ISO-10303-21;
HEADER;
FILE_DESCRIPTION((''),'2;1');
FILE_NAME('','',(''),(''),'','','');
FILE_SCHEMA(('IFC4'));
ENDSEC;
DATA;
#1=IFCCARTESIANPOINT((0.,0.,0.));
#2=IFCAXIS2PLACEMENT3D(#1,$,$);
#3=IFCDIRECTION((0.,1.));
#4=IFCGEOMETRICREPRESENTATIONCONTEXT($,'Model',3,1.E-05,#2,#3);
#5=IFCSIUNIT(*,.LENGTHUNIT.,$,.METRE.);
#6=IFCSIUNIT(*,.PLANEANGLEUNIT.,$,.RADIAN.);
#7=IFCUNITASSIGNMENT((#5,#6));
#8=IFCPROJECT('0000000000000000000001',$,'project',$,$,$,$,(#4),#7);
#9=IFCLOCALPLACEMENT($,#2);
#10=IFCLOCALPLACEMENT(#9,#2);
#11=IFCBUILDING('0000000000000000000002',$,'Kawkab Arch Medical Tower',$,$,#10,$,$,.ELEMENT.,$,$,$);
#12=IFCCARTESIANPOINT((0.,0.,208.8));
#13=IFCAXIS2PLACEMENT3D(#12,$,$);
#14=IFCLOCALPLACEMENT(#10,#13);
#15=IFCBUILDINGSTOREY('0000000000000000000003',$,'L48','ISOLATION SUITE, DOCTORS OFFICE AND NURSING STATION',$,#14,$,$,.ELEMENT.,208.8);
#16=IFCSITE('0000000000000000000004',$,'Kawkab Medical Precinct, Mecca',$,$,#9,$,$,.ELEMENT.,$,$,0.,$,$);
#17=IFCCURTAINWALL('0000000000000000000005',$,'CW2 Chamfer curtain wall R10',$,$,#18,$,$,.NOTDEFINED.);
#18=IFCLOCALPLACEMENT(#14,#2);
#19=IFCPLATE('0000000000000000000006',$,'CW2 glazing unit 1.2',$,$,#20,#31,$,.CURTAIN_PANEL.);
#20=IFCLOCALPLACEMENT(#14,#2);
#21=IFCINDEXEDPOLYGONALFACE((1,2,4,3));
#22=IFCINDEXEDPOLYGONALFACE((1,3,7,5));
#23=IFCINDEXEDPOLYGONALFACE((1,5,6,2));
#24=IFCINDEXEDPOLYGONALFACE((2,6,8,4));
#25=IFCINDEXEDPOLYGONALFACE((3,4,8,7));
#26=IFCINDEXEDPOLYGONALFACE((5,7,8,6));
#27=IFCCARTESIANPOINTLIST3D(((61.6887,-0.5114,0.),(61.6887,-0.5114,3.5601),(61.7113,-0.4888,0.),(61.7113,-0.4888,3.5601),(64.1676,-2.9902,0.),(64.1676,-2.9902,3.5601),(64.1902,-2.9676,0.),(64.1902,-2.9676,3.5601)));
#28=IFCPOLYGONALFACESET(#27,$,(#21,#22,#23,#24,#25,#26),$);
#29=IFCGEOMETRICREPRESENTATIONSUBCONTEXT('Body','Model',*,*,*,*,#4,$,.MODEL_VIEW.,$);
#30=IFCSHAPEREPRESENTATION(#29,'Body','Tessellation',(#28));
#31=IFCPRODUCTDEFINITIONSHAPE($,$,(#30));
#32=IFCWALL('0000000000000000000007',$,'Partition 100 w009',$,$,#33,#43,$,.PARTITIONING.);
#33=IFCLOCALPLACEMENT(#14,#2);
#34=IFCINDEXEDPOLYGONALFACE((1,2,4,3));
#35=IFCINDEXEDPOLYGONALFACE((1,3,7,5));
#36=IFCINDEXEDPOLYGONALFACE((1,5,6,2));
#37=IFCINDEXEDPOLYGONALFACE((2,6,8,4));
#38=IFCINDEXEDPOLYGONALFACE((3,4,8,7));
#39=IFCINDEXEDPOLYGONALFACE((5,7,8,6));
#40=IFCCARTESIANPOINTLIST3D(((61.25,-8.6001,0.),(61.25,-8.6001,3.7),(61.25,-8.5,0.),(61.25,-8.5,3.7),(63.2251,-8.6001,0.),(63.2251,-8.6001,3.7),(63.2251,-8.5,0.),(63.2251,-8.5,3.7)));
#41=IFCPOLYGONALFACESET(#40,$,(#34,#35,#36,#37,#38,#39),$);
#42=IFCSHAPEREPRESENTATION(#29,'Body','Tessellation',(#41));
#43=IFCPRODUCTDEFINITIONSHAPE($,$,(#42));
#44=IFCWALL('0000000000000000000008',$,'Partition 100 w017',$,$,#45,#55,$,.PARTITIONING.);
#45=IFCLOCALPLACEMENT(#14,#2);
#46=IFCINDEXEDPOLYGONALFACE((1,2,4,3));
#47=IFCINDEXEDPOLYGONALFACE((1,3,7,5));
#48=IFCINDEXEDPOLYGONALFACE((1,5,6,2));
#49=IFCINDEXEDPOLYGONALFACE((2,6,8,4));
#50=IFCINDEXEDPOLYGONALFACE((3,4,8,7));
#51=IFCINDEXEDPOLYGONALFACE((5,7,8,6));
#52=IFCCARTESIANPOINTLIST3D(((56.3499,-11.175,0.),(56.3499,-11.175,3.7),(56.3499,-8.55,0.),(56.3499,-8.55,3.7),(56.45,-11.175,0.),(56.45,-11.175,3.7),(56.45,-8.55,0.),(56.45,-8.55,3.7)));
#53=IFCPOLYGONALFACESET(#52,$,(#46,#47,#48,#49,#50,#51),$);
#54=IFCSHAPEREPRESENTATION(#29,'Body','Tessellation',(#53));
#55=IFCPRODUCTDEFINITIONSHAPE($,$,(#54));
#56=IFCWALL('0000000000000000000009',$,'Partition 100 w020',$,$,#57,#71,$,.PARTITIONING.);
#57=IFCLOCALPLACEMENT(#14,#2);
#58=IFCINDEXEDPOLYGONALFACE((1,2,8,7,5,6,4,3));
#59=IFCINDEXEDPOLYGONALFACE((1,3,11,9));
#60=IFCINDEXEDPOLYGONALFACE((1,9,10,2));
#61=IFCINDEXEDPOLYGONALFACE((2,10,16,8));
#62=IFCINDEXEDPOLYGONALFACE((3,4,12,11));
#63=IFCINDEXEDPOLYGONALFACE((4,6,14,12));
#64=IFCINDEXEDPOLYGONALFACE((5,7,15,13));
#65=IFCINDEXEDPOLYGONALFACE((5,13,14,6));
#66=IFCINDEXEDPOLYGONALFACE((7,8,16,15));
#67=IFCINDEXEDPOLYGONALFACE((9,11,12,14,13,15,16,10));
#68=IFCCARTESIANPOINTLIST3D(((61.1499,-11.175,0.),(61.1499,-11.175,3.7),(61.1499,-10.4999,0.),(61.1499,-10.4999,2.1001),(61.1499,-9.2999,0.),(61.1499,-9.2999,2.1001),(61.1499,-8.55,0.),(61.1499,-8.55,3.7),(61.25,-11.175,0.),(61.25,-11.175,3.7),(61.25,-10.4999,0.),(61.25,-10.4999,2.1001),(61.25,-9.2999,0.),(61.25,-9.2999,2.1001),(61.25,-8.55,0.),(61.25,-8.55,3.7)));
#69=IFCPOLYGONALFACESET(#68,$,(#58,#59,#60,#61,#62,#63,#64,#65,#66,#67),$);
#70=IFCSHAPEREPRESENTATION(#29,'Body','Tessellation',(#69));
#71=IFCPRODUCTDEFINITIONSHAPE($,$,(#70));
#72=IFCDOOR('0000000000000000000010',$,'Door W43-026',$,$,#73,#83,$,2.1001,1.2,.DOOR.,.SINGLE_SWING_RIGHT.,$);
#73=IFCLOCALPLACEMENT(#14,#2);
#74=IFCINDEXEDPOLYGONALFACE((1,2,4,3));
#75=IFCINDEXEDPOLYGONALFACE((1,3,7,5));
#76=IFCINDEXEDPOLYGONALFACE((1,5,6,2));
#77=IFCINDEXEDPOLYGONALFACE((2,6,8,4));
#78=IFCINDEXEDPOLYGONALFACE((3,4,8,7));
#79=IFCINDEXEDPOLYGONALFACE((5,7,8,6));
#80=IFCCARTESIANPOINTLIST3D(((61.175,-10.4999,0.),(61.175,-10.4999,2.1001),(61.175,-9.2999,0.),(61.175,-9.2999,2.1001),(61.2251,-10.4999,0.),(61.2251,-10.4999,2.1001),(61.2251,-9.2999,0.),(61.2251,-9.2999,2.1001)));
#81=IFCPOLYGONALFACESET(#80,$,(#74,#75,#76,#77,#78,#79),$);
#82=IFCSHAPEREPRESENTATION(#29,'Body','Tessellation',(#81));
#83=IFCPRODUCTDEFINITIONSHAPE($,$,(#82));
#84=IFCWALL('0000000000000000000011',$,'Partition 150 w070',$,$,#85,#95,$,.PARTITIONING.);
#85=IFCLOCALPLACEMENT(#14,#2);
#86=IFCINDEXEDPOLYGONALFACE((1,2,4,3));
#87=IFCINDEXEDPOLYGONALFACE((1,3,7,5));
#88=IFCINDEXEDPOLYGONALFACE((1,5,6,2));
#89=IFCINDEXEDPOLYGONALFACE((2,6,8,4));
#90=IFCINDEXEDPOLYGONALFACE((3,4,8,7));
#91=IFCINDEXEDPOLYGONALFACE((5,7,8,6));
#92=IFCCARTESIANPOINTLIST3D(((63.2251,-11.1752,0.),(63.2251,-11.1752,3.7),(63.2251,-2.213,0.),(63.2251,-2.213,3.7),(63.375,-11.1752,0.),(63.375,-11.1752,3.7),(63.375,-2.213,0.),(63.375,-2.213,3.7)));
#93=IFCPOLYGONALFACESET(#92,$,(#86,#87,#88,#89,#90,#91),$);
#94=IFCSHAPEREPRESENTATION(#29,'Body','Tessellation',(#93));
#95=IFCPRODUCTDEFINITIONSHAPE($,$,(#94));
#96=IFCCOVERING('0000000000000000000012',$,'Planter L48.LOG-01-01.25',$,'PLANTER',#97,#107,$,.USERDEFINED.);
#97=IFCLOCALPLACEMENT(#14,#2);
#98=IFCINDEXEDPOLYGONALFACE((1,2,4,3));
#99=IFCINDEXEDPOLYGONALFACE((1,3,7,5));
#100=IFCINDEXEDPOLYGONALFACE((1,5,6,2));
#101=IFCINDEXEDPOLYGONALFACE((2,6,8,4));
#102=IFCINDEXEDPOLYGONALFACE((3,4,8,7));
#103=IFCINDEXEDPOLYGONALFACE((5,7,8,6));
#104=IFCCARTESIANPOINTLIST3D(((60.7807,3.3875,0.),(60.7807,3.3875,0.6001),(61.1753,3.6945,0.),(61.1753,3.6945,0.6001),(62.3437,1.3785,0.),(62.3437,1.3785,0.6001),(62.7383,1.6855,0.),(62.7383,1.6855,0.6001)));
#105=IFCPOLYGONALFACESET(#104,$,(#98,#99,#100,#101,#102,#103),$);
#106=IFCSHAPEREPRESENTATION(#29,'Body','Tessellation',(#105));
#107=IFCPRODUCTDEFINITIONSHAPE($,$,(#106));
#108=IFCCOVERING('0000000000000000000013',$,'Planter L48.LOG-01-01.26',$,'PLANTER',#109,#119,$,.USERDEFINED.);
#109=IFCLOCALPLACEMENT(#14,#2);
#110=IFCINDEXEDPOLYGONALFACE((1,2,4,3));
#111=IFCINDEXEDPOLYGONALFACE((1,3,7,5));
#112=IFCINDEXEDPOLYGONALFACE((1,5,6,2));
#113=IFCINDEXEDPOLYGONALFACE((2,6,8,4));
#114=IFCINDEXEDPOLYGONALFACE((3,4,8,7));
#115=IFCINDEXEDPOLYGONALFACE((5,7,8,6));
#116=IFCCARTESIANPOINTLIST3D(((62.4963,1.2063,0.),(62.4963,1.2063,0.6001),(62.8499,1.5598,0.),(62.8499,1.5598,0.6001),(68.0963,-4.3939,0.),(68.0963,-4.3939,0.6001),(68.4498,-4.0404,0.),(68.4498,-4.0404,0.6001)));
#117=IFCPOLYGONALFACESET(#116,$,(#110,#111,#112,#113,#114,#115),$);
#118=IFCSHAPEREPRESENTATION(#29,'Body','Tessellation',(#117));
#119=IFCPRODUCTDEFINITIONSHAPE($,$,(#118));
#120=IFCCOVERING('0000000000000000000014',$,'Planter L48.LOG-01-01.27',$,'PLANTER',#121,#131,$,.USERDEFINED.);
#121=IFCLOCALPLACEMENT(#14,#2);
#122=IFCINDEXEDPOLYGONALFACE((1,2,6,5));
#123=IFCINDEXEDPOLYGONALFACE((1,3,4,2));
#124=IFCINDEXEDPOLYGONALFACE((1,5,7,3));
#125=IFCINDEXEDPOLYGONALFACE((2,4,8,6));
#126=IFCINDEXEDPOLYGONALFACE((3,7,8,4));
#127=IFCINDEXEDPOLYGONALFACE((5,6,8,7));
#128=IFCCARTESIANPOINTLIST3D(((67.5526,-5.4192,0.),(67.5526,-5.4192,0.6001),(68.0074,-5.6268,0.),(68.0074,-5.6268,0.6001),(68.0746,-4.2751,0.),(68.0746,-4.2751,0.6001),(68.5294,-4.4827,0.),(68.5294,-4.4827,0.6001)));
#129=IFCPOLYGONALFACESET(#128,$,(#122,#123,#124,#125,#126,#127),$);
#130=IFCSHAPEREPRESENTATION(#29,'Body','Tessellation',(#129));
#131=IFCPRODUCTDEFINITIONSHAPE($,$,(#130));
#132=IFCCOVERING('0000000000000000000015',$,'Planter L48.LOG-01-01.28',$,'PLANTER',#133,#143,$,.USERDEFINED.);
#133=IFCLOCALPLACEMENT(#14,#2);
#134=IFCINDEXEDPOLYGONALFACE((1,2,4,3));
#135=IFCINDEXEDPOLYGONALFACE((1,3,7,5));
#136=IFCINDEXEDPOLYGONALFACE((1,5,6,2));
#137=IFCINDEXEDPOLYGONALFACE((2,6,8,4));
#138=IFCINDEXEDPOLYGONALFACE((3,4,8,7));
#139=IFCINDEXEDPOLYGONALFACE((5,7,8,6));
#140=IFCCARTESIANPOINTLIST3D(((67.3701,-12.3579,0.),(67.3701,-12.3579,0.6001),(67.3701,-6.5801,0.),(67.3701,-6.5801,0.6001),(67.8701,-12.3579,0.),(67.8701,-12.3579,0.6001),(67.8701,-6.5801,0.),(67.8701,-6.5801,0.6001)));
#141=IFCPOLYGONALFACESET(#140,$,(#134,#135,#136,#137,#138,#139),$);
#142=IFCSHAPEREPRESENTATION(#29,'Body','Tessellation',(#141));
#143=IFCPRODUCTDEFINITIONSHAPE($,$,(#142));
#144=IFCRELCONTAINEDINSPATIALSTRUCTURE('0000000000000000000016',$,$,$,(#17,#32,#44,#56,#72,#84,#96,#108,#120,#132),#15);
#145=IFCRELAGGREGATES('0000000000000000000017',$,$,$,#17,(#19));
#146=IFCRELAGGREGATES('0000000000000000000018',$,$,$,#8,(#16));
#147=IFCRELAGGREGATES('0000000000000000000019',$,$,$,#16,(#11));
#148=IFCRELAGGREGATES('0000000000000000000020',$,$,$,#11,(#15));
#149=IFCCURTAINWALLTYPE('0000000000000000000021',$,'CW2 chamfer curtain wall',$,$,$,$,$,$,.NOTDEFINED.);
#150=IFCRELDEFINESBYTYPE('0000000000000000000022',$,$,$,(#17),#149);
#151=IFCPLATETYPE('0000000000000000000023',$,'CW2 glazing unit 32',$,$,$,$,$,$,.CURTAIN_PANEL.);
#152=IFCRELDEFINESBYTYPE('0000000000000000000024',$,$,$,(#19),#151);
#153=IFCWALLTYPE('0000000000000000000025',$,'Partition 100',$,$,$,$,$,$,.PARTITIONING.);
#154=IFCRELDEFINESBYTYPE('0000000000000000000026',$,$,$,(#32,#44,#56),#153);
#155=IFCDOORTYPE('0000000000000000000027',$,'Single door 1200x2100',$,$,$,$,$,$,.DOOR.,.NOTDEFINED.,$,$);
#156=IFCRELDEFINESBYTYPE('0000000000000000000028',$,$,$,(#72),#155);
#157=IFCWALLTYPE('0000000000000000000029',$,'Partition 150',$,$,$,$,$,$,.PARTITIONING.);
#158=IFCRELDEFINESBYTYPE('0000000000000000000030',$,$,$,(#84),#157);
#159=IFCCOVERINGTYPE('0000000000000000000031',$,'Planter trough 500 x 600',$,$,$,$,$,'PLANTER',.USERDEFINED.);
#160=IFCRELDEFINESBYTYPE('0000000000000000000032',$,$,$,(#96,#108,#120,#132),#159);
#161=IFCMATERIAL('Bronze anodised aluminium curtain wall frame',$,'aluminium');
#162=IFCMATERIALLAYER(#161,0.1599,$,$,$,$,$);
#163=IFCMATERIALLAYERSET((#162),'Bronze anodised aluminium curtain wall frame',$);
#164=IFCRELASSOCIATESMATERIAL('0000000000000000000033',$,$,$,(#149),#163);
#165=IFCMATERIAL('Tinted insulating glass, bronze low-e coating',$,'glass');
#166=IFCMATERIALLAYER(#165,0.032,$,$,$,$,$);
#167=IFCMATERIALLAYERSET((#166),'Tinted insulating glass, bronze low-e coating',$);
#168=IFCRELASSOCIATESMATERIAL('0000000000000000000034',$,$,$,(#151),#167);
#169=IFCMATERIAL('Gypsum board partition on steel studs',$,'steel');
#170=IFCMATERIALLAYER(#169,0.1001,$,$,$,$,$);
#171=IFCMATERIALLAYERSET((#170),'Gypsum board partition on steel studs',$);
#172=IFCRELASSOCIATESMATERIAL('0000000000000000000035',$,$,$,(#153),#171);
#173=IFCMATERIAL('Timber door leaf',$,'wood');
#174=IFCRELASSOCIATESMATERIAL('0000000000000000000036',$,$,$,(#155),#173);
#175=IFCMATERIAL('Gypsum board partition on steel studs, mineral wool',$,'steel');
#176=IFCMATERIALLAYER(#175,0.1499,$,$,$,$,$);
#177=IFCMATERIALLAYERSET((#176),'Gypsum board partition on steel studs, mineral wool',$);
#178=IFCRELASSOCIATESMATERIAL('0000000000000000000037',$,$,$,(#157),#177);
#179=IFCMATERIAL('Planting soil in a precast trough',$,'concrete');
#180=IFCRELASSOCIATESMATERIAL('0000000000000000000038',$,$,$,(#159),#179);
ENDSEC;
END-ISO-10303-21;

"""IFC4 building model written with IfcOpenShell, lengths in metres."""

from ifc_helpers import new_model, si_unit, direction, frame, frame_2d, origin, origin_2d, place, context, subcontext, project, spatial, rectangle, extrude, material, layer, layer_set, material_profile, profile_set, type_object, element, fill, aggregate, save


model = new_model("IFC4")

# Units and contexts
model_context = context("Model", 3, precision=1e-05, world=origin(), true_north=direction((0.0, 1.0)))
body_context = subcontext(model_context, "Body", "Model", "MODEL_VIEW")
ifc_project = project(units=[si_unit("LENGTHUNIT", "METRE"), si_unit("PLANEANGLEUNIT", "RADIAN")], contexts=[model_context])

# Site, building, storey
site_placement = place(None, origin())
site = spatial("IfcSite", under=ifc_project, at=site_placement, Name="Kawkab Medical Precinct, Mecca", CompositionType="ELEMENT", RefElevation=0.0)
building_placement = place(site_placement, origin())
building = spatial("IfcBuilding", under=site, at=building_placement, Name="Kawkab Arch Medical Tower", CompositionType="ELEMENT")
storey_placement = place(building_placement, frame((0.0, 0.0, 208.8)))
storey = spatial("IfcBuildingStorey", under=building, at=storey_placement, Name="L48", Description="ISOLATION SUITE, DOCTORS OFFICE AND NURSING STATION", CompositionType="ELEMENT", Elevation=208.8)

# Shared definitions
placement = place(storey_placement, origin())

# Curtain wall
ifc_material_1 = material(Name="Bronze anodised aluminium curtain wall frame", Category="aluminium")
ifc_layer_1 = layer(ifc_material_1, 0.1599)
ifc_layer_set_1 = layer_set([ifc_layer_1], Name="Bronze anodised aluminium curtain wall frame")
curtain_wall_type_1 = type_object("IfcCurtainWallType", Name="CW2 chamfer curtain wall", PredefinedType="NOTDEFINED", material=ifc_layer_set_1)
curtain_wall_1 = element("IfcCurtainWall", 1, at=placement, inside=storey, type_object=curtain_wall_type_1, Name="CW2 Chamfer curtain wall R10", PredefinedType="NOTDEFINED")

# Plate
ifc_material_2 = material(Name="Tinted insulating glass, bronze low-e coating", Category="glass")
ifc_layer_2 = layer(ifc_material_2, 0.032)
ifc_layer_set_2 = layer_set([ifc_layer_2], Name="Tinted insulating glass, bronze low-e coating")
plate_type_1 = type_object("IfcPlateType", Name="CW2 glazing unit 32", PredefinedType="CURTAIN_PANEL", material=ifc_layer_set_2)
plate_1_placement = place(storey_placement, frame((62.9395, -1.7395, 0.0), z_axis=(0.0, 0.0, 1.0), x_axis=(-0.707107, 0.707107, 0.0)))
plate_1 = element("IfcPlate", 2, at=plate_1_placement, type_object=plate_type_1, Name="CW2 glazing unit 1.2", PredefinedType="CURTAIN_PANEL", context=body_context, shape_type="SweptSolid", body=[
    extrude(rectangle(XDim=3.5056, YDim=0.032, at=origin_2d()), origin(), (0.0, 0.0, 1.0), 3.5601),
])
aggregate(curtain_wall_1, [plate_1])

# Walls
ifc_material_3 = material(Name="Gypsum board partition on steel studs", Category="steel")
ifc_layer_3 = layer(ifc_material_3, 0.1001)
ifc_layer_set_3 = layer_set([ifc_layer_3], Name="Gypsum board partition on steel studs")
wall_type_1 = type_object("IfcWallType", Name="Partition 100", PredefinedType="PARTITIONING", material=ifc_layer_set_3)
wall_1_placement = place(storey_placement, frame((61.25, -8.55, 0.0), z_axis=(0.0, 0.0, 1.0), x_axis=(1.0, 0.0, 0.0)))
element("IfcWall", 3, at=wall_1_placement, inside=storey, type_object=wall_type_1, Name="Partition 100 w009", PredefinedType="PARTITIONING", context=body_context, shape_type="SweptSolid", body=[
    extrude(rectangle(XDim=1.9751, YDim=0.1001, at=frame_2d((0.9875, 0.0))), origin(), (0.0, 0.0, 1.0), 3.7),
])
wall_2_placement = place(storey_placement, frame((56.3999, -11.175, 0.0), z_axis=(0.0, 0.0, 1.0), x_axis=(0.0, 1.0, 0.0)))
element("IfcWall", 4, at=wall_2_placement, inside=storey, type_object=wall_type_1, Name="Partition 100 w017", PredefinedType="PARTITIONING", context=body_context, shape_type="SweptSolid", body=[
    extrude(rectangle(XDim=2.625, YDim=0.1001, at=frame_2d((1.3125, 0.0))), origin(), (0.0, 0.0, 1.0), 3.7),
])

# Wall, opening, door
wall_3_placement = place(storey_placement, frame((61.2, -11.175, 0.0), z_axis=(0.0, 0.0, 1.0), x_axis=(0.0, 1.0, 0.0)))
wall_3 = element("IfcWall", 5, at=wall_3_placement, inside=storey, type_object=wall_type_1, Name="Partition 100 w020", PredefinedType="PARTITIONING", context=body_context, shape_type="SweptSolid", body=[
    extrude(rectangle(XDim=2.625, YDim=0.1001, at=frame_2d((1.3125, 0.0))), origin(), (0.0, 0.0, 1.0), 3.7),
])
opening_placement = place(wall_3_placement, frame((0.675, 0.0, 0.0)))
opening = element("IfcOpeningElement", 6, at=opening_placement, cuts=wall_3, PredefinedType="OPENING", context=body_context, shape_type="SweptSolid", body=[
    extrude(rectangle(XDim=1.2, YDim=2.1001, at=frame_2d((0.6001, 1.05))), frame((0.0, 0.0601, 0.0), z_axis=(0.0, -1.0, 0.0), x_axis=(1.0, 0.0, 0.0)), (0.0, 0.0, 1.0), 0.1201),
])
ifc_material_4 = material(Name="Timber door leaf", Category="wood")
door_type = type_object("IfcDoorType", Name="Single door 1200x2100", OperationType="NOTDEFINED", PredefinedType="DOOR", material=ifc_material_4)
door_placement = place(opening_placement, origin())
door = element("IfcDoor", 7, at=door_placement, inside=storey, type_object=door_type, Name="Door W43-026", OperationType="SINGLE_SWING_RIGHT", OverallHeight=2.1001, OverallWidth=1.2, PredefinedType="DOOR", context=body_context, shape_type="SweptSolid", body=[
    extrude(rectangle(XDim=1.2, YDim=2.1001, at=frame_2d((0.6001, 1.05))), frame((0.0, 0.0249, 0.0), z_axis=(0.0, -1.0, 0.0), x_axis=(1.0, 0.0, 0.0)), (0.0, 0.0, 1.0), 0.05),
])
fill(opening, door)

# Wall
ifc_material_5 = material(Name="Gypsum board partition on steel studs, mineral wool", Category="steel")
ifc_layer_4 = layer(ifc_material_5, 0.1499)
ifc_layer_set_4 = layer_set([ifc_layer_4], Name="Gypsum board partition on steel studs, mineral wool")
wall_type_2 = type_object("IfcWallType", Name="Partition 150", PredefinedType="PARTITIONING", material=ifc_layer_set_4)
wall_4_placement = place(storey_placement, frame((63.3, -11.175, 0.0), z_axis=(0.0, 0.0, 1.0), x_axis=(0.0, 1.0, 0.0)))
element("IfcWall", 8, at=wall_4_placement, inside=storey, type_object=wall_type_2, Name="Partition 150 w070", PredefinedType="PARTITIONING", context=body_context, shape_type="SweptSolid", body=[
    extrude(rectangle(XDim=8.9622, YDim=0.1499, at=frame_2d((4.481, 0.0))), origin(), (0.0, 0.0, 1.0), 3.7),
])

# Coverings
ifc_material_6 = material(Name="Planting soil in a precast trough", Category="concrete")
ifc_material_profile_1 = material_profile(ifc_material_6, rectangle(XDim=0.5, YDim=0.6001, at=origin_2d()), Name="Trough 500x600")
ifc_profile_set_1 = profile_set([ifc_material_profile_1], Name="Planting soil in a precast trough")
covering_type = type_object("IfcCoveringType", Name="Planter trough 500 x 600", ElementType="PLANTER", PredefinedType="USERDEFINED", material=ifc_profile_set_1)
covering_1_placement = place(storey_placement, frame((60.978, 3.541, 0.3), z_axis=(0.61404, -0.789275, 0.0), x_axis=(0.789275, 0.61404, 0.0)))
element("IfcCovering", 9, at=covering_1_placement, inside=storey, type_object=covering_type, Name="Planter L48.LOG-01-01.25", ObjectType="PLANTER", PredefinedType="USERDEFINED", context=body_context, shape_type="SweptSolid", body=[
    extrude(rectangle(XDim=0.5, YDim=0.6001, at=origin_2d()), origin(), (0.0, 0.0, 1.0), 2.5454),
])
covering_2_placement = place(storey_placement, frame((62.6731, 1.3831, 0.3), z_axis=(0.707091, -0.707122, 0.0), x_axis=(0.707122, 0.707091, 0.0)))
element("IfcCovering", 10, at=covering_2_placement, inside=storey, type_object=covering_type, Name="Planter L48.LOG-01-01.26", ObjectType="PLANTER", PredefinedType="USERDEFINED", context=body_context, shape_type="SweptSolid", body=[
    extrude(rectangle(XDim=0.5, YDim=0.6001, at=origin_2d()), origin(), (0.0, 0.0, 1.0), 7.9197),
])
covering_3_placement = place(storey_placement, frame((68.302, -4.3789, 0.3), z_axis=(-0.41509, -0.90978, 0.0), x_axis=(0.90978, -0.41509, 0.0)))
element("IfcCovering", 11, at=covering_3_placement, inside=storey, type_object=covering_type, Name="Planter L48.LOG-01-01.27", ObjectType="PLANTER", PredefinedType="USERDEFINED", context=body_context, shape_type="SweptSolid", body=[
    extrude(rectangle(XDim=0.5, YDim=0.6001, at=origin_2d()), origin(), (0.0, 0.0, 1.0), 1.2576),
])
covering_4_placement = place(storey_placement, frame((67.6201, -6.5801, 0.3), z_axis=(0.0, -1.0, 0.0), x_axis=(1.0, 0.0, 0.0)))
element("IfcCovering", 12, at=covering_4_placement, inside=storey, type_object=covering_type, Name="Planter L48.LOG-01-01.28", ObjectType="PLANTER", PredefinedType="USERDEFINED", context=body_context, shape_type="SweptSolid", body=[
    extrude(rectangle(XDim=0.5, YDim=0.6001, at=origin_2d()), origin(), (0.0, 0.0, 1.0), 5.7778),
])

save(model, "model.ifc")
